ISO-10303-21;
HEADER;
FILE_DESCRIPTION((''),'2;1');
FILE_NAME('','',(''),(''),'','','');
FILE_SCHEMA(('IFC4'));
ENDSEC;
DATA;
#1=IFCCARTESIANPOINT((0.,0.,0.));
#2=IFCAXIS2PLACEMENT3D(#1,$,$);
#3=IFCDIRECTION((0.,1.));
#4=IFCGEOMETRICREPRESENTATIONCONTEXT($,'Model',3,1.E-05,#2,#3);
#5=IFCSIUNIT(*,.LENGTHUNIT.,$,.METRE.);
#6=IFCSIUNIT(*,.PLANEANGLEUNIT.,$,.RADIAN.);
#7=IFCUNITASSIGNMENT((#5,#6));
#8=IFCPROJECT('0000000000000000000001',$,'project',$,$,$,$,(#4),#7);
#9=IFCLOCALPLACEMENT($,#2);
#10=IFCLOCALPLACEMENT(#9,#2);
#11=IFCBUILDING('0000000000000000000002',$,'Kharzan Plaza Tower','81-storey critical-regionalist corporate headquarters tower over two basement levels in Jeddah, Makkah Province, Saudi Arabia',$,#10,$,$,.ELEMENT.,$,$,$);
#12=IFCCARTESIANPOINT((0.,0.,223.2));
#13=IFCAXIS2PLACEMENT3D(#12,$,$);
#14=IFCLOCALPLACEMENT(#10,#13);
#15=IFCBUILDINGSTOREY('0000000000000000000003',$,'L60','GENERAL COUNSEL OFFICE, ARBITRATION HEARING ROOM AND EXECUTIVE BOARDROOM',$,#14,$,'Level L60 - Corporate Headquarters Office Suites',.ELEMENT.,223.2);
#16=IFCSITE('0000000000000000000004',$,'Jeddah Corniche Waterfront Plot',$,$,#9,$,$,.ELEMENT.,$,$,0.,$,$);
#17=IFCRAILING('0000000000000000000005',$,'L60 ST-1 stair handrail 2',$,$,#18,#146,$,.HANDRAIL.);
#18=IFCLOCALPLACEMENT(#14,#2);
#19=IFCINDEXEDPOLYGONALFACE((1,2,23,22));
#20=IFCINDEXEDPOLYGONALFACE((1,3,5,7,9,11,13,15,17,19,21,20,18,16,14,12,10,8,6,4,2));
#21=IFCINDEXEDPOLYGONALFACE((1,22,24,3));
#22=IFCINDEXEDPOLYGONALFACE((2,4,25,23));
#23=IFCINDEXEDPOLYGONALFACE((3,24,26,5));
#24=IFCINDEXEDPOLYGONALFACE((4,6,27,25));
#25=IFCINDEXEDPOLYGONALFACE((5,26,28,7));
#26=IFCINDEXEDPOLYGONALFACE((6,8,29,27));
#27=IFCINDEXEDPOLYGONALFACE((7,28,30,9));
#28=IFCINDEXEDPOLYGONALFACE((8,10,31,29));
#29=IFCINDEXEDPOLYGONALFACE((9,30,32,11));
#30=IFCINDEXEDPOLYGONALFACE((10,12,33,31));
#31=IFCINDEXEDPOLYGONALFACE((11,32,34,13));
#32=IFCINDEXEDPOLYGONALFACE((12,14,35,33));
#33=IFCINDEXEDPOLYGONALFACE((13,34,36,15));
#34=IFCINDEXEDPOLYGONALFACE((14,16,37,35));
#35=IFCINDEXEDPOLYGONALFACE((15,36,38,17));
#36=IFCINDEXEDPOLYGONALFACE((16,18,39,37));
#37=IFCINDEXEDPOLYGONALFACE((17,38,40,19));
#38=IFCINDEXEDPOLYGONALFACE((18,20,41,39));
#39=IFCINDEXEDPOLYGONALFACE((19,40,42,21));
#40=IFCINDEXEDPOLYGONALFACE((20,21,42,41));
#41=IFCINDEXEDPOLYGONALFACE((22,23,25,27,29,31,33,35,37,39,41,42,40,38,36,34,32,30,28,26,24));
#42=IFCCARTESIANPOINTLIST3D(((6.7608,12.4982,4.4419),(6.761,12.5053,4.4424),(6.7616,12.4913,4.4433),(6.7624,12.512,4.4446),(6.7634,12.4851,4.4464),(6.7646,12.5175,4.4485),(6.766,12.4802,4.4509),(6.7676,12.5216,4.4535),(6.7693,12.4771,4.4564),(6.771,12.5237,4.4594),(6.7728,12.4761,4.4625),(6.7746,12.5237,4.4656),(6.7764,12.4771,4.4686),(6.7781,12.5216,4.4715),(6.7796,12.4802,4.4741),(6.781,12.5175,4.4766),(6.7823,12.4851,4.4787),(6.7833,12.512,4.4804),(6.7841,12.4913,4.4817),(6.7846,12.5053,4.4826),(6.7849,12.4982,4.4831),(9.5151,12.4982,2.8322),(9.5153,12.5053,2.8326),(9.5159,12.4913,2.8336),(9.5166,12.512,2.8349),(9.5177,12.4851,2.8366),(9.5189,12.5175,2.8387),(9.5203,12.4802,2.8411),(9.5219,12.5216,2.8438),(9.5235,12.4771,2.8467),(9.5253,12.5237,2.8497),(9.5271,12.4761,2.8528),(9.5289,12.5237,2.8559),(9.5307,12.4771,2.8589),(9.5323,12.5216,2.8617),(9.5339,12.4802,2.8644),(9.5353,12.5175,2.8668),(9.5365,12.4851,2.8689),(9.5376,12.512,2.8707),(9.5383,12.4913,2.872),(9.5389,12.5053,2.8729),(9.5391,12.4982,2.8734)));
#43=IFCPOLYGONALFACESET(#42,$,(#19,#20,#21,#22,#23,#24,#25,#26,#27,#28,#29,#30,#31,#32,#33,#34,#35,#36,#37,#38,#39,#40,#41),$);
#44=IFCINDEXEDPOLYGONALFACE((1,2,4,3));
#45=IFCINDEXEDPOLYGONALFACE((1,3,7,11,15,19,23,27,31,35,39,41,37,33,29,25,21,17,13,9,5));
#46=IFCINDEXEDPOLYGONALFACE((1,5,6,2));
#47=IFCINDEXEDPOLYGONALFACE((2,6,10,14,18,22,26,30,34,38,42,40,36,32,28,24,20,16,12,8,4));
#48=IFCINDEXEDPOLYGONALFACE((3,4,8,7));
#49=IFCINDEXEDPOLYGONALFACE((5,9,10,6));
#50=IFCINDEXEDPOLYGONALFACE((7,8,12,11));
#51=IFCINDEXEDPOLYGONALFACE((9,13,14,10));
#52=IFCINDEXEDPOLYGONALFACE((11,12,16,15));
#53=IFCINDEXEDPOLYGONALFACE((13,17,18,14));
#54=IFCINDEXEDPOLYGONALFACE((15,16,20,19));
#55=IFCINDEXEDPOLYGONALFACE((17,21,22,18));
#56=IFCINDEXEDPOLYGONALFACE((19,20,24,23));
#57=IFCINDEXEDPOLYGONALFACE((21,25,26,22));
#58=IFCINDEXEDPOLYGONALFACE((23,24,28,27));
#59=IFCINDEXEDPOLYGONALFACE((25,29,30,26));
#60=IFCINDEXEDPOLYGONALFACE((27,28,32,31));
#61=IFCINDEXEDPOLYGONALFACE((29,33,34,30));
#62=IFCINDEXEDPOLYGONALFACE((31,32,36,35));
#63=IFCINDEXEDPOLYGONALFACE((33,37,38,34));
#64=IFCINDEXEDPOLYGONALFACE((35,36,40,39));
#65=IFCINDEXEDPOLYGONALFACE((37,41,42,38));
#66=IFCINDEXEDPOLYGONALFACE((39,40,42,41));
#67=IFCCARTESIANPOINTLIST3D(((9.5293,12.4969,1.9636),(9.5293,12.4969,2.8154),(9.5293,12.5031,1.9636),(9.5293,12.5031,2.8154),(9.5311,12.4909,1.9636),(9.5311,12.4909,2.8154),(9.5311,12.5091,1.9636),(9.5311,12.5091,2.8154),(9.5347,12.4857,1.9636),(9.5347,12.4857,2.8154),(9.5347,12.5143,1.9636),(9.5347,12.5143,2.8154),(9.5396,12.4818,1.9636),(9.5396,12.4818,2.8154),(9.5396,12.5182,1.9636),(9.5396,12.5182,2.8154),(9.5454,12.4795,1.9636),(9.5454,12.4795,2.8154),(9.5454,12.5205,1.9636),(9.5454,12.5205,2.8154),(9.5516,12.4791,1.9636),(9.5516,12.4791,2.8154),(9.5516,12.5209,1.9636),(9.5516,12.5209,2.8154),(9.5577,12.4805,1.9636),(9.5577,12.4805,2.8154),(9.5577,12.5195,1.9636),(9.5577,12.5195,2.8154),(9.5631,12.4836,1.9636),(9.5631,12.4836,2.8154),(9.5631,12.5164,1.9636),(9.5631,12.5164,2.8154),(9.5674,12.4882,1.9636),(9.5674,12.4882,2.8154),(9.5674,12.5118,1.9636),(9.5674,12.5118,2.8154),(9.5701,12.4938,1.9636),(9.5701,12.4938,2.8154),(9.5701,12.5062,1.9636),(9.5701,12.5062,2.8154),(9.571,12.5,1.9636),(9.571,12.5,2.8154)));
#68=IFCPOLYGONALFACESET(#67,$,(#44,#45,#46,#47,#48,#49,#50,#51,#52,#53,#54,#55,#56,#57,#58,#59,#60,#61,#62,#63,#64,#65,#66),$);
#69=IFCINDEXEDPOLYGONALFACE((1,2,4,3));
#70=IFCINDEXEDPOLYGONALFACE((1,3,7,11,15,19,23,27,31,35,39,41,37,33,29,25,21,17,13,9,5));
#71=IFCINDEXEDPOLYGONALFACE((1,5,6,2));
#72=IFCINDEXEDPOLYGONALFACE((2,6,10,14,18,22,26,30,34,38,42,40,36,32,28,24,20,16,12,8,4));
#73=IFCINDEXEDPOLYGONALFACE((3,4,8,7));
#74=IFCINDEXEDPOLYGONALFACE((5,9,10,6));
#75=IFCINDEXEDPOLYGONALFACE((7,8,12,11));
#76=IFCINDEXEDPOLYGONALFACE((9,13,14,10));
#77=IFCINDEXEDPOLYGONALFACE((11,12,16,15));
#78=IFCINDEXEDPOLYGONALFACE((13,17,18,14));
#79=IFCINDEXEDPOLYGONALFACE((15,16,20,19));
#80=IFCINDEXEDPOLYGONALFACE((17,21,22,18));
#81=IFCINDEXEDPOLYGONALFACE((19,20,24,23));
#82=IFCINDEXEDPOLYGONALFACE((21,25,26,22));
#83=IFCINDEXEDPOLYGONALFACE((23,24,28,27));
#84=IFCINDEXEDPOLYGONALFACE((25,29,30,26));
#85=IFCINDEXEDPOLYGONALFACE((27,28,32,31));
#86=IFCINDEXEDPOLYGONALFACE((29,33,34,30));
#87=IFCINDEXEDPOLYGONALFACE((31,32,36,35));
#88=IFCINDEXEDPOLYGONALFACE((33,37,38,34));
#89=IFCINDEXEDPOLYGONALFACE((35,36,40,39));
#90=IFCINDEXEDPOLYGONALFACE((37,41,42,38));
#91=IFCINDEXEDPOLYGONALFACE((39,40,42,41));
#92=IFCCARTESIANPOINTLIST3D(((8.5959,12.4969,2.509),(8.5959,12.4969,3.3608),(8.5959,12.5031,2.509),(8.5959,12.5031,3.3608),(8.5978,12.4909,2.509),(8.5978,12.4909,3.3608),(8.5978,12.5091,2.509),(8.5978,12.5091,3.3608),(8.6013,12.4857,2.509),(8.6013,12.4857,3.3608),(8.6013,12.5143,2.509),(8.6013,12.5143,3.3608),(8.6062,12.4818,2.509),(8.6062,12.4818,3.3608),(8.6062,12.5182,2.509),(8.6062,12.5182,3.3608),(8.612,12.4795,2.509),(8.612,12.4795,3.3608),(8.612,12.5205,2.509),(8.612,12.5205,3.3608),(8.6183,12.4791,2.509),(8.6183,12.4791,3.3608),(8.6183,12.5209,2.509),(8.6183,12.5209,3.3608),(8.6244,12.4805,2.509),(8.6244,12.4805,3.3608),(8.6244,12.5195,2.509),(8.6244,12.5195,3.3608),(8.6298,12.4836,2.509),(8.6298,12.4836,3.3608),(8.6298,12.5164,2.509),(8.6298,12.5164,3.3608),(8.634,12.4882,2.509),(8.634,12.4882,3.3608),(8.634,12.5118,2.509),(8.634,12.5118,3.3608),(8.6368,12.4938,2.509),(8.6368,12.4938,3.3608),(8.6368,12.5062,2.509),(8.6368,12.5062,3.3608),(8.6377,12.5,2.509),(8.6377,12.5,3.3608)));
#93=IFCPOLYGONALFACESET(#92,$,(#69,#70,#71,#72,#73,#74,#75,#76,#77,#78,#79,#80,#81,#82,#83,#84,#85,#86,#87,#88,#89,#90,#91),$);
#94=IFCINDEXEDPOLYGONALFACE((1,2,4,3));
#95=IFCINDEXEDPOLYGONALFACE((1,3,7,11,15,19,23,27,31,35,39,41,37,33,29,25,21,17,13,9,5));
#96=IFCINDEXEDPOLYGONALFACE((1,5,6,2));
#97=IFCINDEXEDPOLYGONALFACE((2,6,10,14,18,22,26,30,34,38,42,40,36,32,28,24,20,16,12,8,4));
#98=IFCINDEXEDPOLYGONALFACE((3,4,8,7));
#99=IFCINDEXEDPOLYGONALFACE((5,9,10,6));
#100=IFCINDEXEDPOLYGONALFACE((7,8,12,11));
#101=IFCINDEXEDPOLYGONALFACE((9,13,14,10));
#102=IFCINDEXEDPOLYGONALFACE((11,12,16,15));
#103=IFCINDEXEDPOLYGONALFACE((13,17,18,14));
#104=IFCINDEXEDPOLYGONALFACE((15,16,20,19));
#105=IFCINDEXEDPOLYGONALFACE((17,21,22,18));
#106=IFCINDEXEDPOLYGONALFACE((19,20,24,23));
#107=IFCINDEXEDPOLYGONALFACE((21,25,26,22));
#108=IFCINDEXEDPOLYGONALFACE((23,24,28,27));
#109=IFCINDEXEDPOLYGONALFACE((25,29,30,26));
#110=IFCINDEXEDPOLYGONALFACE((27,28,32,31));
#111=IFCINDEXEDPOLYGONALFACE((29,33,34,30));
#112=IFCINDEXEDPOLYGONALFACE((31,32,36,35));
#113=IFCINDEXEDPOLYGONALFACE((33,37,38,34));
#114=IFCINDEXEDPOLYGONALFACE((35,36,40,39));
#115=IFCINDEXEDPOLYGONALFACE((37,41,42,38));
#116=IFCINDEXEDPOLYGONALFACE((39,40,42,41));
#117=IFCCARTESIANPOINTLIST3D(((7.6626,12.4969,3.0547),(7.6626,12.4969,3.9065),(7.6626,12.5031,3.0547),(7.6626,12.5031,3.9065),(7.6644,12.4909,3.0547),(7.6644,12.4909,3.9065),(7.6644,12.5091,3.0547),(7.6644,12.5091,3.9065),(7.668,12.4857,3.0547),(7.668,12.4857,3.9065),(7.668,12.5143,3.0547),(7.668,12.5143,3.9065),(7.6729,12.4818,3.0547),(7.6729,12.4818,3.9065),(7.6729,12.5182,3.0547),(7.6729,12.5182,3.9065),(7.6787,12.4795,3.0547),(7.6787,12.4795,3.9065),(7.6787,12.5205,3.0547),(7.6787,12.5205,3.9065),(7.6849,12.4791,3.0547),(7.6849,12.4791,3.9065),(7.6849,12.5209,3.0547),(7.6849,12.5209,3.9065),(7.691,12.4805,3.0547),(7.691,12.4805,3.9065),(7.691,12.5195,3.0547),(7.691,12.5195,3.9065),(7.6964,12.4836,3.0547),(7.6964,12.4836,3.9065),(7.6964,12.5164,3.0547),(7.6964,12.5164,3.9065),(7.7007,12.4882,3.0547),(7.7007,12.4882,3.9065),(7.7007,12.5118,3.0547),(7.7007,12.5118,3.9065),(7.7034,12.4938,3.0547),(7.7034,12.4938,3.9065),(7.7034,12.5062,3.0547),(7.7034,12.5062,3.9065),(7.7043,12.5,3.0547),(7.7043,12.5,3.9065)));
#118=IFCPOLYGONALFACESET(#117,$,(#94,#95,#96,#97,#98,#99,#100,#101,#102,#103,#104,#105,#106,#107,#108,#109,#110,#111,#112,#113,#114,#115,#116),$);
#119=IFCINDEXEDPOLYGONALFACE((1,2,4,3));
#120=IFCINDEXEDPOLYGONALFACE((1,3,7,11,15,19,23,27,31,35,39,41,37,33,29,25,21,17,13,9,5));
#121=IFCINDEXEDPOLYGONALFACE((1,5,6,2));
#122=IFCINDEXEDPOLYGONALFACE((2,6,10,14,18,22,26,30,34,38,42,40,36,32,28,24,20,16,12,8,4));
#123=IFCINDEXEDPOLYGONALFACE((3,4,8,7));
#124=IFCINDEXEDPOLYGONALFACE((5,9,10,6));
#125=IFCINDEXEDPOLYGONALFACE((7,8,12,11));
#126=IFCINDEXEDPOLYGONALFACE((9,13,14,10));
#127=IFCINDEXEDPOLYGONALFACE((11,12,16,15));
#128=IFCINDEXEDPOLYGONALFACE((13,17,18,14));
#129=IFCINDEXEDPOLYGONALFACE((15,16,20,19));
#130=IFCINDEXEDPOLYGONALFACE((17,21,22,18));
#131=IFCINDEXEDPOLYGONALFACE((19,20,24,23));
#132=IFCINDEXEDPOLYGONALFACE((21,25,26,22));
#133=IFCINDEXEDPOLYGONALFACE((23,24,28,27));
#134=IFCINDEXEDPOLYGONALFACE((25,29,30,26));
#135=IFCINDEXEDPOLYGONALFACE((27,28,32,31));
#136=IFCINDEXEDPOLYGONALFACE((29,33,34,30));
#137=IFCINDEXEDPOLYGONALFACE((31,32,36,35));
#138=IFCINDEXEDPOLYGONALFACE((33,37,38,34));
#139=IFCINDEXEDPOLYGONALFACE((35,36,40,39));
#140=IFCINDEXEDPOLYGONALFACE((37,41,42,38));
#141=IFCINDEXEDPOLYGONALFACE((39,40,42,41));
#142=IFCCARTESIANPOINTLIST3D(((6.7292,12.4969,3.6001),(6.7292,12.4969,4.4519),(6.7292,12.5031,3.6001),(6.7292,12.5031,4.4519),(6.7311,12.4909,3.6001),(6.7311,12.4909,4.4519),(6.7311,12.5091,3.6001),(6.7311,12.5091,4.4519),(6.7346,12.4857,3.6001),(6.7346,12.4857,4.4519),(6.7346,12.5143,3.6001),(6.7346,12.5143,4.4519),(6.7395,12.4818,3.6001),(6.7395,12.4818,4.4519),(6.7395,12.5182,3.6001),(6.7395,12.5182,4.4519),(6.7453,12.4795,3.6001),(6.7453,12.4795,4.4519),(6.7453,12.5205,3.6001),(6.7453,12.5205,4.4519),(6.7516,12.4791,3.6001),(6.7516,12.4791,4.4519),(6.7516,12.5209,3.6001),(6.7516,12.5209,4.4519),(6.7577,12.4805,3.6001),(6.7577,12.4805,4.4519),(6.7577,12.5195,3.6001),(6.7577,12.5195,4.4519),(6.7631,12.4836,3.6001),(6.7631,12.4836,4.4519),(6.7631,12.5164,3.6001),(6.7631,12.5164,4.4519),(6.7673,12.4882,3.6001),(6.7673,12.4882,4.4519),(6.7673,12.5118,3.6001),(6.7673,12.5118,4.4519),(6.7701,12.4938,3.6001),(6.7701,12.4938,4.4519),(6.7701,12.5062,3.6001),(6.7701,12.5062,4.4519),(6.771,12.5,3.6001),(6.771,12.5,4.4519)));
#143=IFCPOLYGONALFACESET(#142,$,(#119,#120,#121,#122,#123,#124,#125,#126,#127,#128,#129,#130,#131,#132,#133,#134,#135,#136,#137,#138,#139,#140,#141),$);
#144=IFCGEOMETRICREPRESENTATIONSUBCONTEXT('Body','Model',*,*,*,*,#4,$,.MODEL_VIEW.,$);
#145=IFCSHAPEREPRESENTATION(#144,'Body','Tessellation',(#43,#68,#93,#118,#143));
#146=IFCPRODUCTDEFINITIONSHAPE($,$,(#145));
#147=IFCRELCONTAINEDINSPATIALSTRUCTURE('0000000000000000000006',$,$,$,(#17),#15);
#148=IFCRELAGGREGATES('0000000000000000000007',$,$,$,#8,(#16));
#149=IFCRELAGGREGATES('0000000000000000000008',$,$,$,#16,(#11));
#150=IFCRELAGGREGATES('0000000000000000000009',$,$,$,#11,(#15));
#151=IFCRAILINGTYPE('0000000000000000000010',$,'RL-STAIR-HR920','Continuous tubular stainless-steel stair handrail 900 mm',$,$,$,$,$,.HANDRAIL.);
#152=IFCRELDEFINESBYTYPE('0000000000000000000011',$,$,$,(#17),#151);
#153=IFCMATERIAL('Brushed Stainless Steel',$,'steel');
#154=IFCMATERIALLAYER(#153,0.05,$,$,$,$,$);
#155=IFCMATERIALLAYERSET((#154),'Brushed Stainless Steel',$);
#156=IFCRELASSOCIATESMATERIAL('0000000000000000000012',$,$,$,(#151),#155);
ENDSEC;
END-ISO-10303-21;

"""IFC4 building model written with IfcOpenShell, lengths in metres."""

from ifc_helpers import new_model, si_unit, direction, frame, origin, origin_2d, place, context, subcontext, project, spatial, circle, extrude, source, transform, mapped, material, layer, layer_set, type_object, element, save


model = new_model("IFC4")

# Units and contexts
model_context = context("Model", 3, precision=1e-05, world=origin(), true_north=direction((0.0, 1.0)))
body_context = subcontext(model_context, "Body", "Model", "MODEL_VIEW")
ifc_project = project(units=[si_unit("LENGTHUNIT", "METRE"), si_unit("PLANEANGLEUNIT", "RADIAN")], contexts=[model_context])

# Site, building, storey
site_placement = place(None, origin())
site = spatial("IfcSite", under=ifc_project, at=site_placement, Name="Jeddah Corniche Waterfront Plot", CompositionType="ELEMENT", RefElevation=0.0)
building_placement = place(site_placement, origin())
building = spatial("IfcBuilding", under=site, at=building_placement, Name="Kharzan Plaza Tower", Description="81-storey critical-regionalist corporate headquarters tower over two basement levels in Jeddah, Makkah Province, Saudi Arabia", CompositionType="ELEMENT")
storey_placement = place(building_placement, frame((0.0, 0.0, 223.2)))
storey = spatial("IfcBuildingStorey", under=building, at=storey_placement, Name="L60", Description="GENERAL COUNSEL OFFICE, ARBITRATION HEARING ROOM AND EXECUTIVE BOARDROOM", LongName="Level L60 - Corporate Headquarters Office Suites", CompositionType="ELEMENT", Elevation=223.2)

# Shared definitions
ifc_material_1 = material(Name="Brushed Stainless Steel", Category="steel")

# Railing
ifc_layer_1 = layer(ifc_material_1, 0.05)
ifc_layer_set_1 = layer_set([ifc_layer_1], Name="Brushed Stainless Steel")
railing_type_1 = type_object("IfcRailingType", Name="RL-STAIR-HR920", Description="Continuous tubular stainless-steel stair handrail 900 mm", PredefinedType="HANDRAIL", material=ifc_layer_set_1)
shared_shape_1 = source(origin(), body_context, "Body", "SweptSolid", [
    extrude(circle(Radius=0.0239, at=origin_2d()), frame((-0.0229, 0.0, 0.8892), z_axis=(-0.863361, 0.0, 0.504587), x_axis=(0.0, -1.0, 0.0)), (0.0, 0.0, 1.0), 3.1902),
    extrude(circle(Radius=0.021, at=origin_2d()), origin(), (0.0, 0.0, 1.0), 0.8518),
    extrude(circle(Radius=0.021, at=origin_2d()), frame((-0.9333, 0.0, 0.5454)), (0.0, 0.0, 1.0), 0.8518),
    extrude(circle(Radius=0.021, at=origin_2d()), frame((-1.8667, 0.0, 1.0911)), (0.0, 0.0, 1.0), 0.8518),
    extrude(circle(Radius=0.021, at=origin_2d()), frame((-2.8, 0.0, 1.6365)), (0.0, 0.0, 1.0), 0.8518),
])
railing_1_placement = place(storey_placement, frame((9.55, 12.5, 1.9636)))
element("IfcRailing", 1, at=railing_1_placement, inside=storey, type_object=railing_type_1, Name="L60 ST-1 stair handrail 2", PredefinedType="HANDRAIL", context=body_context, shape_type="MappedRepresentation", body=[
    mapped(shared_shape_1, transform((0.0, 0.0, 0.0), x_axis=(1.0, 0.0, 0.0), y_axis=(0.0, 1.0, 0.0), z_axis=(0.0, 0.0, 1.0))),
])

save(model, "model.ifc")
